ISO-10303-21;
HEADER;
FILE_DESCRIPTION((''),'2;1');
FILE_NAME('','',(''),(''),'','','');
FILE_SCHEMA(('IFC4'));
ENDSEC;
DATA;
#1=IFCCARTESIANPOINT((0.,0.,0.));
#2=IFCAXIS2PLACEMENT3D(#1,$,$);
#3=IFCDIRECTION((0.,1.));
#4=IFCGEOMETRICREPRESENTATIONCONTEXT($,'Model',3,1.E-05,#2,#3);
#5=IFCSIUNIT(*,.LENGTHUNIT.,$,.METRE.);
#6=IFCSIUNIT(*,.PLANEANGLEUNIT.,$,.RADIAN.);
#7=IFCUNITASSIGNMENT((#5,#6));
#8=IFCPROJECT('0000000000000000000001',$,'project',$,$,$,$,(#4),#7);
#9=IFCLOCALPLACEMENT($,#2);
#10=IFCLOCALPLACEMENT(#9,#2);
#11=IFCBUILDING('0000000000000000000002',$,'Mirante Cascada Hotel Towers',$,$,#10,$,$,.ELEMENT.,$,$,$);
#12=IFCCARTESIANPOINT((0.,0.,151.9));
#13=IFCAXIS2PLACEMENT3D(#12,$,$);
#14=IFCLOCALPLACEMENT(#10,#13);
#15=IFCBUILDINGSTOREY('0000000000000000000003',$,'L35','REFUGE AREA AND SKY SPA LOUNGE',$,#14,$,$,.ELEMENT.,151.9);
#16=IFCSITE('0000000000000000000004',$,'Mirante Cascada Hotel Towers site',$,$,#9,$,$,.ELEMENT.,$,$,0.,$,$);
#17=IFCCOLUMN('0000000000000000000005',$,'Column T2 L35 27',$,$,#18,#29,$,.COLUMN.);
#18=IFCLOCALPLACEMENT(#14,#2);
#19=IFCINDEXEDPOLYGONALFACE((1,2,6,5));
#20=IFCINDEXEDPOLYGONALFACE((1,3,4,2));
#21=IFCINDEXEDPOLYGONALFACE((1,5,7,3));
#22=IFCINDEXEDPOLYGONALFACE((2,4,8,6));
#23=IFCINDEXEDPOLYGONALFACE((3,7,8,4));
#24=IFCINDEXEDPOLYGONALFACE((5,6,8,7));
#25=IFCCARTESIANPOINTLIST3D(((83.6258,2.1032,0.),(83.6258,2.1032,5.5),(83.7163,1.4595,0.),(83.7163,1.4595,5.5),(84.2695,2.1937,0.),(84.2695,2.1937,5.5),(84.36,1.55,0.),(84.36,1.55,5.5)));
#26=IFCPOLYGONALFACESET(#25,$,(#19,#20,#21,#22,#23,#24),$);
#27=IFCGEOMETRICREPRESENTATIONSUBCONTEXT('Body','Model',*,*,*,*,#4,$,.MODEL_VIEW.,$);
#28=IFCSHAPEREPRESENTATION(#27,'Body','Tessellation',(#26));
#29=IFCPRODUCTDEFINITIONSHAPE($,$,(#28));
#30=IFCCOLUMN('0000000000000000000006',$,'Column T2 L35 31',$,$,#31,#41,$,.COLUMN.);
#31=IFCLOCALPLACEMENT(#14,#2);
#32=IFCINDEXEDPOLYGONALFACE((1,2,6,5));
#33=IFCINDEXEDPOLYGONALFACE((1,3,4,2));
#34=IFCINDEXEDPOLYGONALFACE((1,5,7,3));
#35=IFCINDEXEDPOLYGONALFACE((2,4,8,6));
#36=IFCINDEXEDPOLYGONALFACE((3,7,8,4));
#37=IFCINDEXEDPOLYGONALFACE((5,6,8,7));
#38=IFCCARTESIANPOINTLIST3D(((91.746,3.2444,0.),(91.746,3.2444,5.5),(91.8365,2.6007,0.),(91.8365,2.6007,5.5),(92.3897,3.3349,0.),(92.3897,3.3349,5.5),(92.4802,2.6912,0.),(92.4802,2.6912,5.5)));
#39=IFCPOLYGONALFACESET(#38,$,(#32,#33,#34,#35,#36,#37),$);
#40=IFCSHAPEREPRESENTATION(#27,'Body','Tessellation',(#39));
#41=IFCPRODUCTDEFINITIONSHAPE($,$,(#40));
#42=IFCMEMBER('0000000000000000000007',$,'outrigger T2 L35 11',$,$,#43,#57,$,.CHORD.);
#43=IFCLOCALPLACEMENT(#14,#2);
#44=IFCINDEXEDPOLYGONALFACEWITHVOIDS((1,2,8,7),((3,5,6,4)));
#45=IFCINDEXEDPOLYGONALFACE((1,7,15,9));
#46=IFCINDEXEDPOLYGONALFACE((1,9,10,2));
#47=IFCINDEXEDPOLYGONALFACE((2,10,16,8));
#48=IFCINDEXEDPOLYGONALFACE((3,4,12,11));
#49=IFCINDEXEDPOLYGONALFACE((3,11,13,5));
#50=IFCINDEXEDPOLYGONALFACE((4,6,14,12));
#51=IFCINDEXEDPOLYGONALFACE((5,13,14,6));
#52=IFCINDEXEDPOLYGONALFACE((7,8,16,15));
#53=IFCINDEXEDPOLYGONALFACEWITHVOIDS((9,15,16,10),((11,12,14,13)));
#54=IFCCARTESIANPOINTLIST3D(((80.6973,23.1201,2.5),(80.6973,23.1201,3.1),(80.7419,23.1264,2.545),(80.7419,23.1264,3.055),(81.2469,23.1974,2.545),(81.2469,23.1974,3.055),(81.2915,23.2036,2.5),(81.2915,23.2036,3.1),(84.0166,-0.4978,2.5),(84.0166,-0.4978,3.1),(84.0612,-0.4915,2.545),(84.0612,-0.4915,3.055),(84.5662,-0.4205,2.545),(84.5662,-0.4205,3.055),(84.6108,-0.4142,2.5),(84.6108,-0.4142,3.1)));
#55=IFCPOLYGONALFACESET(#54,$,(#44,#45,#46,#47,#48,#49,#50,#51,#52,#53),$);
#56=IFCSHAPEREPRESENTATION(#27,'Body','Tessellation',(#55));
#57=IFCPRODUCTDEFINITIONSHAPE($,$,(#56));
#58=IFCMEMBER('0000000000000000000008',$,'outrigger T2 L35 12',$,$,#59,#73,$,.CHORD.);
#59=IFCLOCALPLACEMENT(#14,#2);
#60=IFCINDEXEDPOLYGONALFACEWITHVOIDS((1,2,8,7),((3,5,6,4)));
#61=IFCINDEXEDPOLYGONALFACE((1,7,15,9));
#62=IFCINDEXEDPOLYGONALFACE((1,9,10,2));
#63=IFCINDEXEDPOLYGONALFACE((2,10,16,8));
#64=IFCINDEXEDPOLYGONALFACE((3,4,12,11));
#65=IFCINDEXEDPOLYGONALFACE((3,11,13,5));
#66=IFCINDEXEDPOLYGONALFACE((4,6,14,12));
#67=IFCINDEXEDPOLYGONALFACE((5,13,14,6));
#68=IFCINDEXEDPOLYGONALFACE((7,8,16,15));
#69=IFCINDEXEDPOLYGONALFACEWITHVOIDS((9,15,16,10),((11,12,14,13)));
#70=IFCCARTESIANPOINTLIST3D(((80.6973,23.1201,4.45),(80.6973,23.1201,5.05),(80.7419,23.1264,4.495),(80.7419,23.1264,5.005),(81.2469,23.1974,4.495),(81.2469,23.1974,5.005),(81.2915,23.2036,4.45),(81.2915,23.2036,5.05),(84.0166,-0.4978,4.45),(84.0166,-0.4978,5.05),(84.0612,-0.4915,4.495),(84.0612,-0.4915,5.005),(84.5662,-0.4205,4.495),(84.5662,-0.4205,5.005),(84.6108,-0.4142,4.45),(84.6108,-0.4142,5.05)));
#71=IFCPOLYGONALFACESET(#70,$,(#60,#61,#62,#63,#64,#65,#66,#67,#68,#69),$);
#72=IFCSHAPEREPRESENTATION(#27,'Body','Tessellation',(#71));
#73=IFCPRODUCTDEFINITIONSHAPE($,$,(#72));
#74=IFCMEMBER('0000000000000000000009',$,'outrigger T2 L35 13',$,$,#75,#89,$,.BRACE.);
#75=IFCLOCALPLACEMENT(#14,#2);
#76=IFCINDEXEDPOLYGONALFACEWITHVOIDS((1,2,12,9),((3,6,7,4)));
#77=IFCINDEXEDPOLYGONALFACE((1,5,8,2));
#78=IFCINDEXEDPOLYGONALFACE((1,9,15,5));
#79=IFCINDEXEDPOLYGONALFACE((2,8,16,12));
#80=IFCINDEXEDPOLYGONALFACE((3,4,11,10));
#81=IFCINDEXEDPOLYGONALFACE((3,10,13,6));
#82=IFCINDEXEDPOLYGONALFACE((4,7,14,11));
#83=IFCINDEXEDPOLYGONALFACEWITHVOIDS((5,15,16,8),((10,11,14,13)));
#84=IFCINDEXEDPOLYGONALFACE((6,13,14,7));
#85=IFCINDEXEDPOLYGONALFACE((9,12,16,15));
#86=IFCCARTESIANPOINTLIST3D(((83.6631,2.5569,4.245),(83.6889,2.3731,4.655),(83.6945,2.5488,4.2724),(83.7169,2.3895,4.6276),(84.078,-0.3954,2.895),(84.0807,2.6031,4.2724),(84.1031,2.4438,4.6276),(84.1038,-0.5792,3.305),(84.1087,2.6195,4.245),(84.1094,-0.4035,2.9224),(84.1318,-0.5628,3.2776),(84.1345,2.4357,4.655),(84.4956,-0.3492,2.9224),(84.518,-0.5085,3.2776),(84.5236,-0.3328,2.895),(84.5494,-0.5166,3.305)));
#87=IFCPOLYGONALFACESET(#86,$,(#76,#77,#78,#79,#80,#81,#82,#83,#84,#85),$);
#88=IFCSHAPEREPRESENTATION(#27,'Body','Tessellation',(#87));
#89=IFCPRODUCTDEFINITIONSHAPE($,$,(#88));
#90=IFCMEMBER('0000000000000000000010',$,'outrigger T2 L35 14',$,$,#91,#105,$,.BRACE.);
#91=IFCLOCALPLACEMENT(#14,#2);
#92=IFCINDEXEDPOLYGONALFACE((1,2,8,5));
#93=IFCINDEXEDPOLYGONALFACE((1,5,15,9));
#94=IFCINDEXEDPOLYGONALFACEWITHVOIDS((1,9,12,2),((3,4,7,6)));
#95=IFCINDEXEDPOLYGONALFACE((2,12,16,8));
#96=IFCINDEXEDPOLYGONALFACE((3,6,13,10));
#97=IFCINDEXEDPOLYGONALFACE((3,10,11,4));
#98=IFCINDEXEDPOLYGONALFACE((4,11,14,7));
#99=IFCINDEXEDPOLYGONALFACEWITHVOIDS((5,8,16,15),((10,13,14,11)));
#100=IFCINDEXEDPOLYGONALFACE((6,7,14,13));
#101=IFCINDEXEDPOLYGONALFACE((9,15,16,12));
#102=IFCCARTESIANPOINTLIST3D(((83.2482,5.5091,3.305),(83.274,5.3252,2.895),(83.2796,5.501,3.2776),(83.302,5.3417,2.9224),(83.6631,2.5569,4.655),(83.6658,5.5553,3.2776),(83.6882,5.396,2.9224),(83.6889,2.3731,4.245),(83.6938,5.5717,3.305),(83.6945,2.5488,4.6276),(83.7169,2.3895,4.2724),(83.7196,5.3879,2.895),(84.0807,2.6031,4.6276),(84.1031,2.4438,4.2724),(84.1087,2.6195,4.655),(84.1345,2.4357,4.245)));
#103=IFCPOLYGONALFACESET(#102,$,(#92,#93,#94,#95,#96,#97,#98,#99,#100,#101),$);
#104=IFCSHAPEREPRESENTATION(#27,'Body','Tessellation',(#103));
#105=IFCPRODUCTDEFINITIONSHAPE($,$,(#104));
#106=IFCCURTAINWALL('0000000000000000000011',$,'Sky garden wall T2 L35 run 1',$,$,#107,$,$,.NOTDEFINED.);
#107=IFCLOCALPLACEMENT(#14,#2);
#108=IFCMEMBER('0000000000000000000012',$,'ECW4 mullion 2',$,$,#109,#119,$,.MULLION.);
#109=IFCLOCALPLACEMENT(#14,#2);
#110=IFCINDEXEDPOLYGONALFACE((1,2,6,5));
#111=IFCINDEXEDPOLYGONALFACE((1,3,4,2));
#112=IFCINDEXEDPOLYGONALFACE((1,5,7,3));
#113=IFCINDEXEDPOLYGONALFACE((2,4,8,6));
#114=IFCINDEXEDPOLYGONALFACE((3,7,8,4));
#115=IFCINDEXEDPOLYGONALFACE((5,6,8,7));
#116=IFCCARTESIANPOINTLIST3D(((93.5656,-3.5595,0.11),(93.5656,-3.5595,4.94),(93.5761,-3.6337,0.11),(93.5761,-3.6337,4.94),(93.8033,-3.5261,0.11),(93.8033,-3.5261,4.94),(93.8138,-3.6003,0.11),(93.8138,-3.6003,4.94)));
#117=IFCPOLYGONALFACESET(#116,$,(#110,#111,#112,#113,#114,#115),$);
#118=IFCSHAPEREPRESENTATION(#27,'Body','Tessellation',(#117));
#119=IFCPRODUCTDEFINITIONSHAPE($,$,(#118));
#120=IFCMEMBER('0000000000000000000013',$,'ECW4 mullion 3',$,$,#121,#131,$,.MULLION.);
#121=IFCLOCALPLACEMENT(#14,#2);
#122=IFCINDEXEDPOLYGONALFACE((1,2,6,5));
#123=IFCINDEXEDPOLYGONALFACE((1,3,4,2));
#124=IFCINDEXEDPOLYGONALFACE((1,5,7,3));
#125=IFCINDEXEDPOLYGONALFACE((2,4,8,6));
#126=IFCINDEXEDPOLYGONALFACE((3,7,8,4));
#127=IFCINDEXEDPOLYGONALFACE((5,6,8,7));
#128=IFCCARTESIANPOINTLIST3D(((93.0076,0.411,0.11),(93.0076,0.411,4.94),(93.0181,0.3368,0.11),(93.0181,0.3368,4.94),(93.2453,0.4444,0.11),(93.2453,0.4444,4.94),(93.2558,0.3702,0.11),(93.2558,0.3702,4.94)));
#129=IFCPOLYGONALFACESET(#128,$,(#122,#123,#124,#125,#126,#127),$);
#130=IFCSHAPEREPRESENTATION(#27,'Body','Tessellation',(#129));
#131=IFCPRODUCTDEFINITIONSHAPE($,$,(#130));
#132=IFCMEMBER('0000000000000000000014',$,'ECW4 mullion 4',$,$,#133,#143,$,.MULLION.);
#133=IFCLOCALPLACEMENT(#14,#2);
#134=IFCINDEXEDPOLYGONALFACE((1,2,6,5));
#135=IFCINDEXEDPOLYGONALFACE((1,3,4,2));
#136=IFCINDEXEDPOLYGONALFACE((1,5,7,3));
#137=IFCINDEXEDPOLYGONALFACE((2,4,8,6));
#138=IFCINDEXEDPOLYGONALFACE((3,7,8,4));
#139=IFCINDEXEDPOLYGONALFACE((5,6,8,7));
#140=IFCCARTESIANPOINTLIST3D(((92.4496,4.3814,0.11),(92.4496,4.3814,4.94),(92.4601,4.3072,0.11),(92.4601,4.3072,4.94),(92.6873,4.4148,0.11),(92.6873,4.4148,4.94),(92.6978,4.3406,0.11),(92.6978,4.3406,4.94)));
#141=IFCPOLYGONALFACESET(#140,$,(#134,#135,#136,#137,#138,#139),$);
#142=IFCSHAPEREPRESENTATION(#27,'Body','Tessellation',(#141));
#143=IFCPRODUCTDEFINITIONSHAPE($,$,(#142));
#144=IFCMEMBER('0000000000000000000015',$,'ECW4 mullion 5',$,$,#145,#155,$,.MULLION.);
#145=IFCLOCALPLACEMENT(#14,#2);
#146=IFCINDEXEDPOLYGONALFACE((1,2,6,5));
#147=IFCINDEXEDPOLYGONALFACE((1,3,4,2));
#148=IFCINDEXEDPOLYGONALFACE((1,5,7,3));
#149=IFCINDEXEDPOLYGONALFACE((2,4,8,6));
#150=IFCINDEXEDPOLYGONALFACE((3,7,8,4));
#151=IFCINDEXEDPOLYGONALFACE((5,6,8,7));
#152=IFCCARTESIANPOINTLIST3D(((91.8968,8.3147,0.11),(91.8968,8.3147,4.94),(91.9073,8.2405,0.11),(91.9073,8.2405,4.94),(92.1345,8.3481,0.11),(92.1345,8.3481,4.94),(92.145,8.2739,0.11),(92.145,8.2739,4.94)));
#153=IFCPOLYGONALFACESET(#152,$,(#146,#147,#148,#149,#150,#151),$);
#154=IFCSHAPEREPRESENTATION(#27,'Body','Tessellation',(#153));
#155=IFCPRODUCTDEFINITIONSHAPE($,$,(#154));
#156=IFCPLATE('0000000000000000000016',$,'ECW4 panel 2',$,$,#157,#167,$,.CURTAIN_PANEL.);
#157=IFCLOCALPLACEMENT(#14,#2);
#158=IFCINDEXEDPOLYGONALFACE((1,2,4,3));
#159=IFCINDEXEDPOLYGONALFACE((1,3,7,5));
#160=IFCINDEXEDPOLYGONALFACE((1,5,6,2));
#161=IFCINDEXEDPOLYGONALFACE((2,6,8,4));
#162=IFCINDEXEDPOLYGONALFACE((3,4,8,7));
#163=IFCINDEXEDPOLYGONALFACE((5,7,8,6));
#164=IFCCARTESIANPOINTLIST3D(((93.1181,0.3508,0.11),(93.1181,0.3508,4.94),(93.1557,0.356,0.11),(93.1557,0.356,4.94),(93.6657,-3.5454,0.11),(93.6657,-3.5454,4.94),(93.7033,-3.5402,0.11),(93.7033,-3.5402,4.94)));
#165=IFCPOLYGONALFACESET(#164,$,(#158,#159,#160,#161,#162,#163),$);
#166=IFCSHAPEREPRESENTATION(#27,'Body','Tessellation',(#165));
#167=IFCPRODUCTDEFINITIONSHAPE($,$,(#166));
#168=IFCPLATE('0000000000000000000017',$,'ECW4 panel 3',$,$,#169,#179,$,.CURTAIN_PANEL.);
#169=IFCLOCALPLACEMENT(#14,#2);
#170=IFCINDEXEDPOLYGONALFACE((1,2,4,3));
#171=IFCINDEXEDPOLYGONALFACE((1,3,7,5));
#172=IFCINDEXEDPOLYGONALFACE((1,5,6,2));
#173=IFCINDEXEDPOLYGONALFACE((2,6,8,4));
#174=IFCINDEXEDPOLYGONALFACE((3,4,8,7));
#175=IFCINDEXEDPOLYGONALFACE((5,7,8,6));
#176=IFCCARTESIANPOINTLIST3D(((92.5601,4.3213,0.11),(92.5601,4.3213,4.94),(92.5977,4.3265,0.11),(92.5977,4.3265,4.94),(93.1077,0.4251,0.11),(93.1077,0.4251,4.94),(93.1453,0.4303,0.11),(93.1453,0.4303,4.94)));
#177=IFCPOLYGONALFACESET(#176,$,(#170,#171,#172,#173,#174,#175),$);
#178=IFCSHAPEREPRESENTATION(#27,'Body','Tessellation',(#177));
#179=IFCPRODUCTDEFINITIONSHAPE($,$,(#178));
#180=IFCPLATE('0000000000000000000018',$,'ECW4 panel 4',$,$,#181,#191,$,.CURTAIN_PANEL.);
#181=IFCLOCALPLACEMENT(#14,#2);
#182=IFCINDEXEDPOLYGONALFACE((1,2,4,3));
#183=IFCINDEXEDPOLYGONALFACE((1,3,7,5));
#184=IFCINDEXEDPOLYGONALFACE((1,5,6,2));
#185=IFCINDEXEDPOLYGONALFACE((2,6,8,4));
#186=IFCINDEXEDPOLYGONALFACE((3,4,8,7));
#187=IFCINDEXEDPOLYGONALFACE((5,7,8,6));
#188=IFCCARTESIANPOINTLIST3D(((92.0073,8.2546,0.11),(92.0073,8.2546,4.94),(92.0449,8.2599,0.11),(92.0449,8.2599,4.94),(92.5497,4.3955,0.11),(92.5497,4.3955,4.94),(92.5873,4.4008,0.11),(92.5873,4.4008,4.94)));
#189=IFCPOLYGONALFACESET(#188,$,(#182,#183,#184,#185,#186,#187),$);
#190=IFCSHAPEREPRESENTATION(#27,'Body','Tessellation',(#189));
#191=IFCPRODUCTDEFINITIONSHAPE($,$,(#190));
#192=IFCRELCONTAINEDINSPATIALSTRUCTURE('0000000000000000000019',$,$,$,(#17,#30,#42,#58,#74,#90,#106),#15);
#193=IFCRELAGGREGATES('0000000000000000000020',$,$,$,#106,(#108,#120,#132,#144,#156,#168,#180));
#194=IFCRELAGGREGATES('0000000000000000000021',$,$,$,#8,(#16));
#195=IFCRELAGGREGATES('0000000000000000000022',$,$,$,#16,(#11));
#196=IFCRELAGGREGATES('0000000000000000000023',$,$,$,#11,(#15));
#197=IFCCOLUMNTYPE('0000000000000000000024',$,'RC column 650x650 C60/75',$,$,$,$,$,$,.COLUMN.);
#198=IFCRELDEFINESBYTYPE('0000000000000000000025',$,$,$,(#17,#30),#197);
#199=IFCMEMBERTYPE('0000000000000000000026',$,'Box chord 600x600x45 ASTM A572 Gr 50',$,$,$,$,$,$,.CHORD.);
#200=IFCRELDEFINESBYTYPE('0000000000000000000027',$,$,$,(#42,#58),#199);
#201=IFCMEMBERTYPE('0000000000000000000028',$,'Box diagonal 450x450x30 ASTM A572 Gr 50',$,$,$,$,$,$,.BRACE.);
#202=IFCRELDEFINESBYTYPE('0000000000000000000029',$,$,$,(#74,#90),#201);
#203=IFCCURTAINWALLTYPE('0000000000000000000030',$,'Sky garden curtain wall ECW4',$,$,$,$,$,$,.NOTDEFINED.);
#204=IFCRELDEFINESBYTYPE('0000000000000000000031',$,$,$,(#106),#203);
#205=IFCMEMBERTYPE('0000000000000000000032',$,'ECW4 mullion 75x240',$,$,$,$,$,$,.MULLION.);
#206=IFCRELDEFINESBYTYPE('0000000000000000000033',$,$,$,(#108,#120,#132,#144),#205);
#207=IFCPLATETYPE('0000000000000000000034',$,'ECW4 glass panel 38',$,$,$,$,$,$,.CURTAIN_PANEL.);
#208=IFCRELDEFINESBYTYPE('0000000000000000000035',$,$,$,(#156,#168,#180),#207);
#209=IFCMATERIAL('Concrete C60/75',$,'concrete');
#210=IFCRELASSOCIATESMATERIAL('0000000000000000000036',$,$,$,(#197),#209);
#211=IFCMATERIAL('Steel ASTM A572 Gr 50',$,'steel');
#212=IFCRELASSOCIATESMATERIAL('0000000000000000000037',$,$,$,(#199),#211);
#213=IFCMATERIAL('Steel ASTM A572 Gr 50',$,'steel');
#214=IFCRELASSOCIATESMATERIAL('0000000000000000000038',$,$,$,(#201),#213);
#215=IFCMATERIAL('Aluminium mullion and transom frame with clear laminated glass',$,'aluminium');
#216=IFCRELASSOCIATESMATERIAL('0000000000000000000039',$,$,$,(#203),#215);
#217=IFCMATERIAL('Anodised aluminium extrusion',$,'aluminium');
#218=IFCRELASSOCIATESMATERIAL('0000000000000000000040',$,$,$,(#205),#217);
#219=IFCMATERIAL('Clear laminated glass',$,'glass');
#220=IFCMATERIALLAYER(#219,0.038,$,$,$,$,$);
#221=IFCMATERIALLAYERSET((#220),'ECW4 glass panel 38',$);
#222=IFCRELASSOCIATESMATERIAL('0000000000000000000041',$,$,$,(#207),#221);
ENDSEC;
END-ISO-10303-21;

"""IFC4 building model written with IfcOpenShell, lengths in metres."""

from ifc_helpers import new_model, si_unit, direction, frame, origin, origin_2d, place, context, subcontext, project, spatial, rectangle, hollow_rectangle, extrude, material, layer, layer_set, material_profile, profile_set, type_object, element, aggregate, save


model = new_model("IFC4")

# Units and contexts
model_context = context("Model", 3, precision=1e-05, world=origin(), true_north=direction((0.0, 1.0)))
body_context = subcontext(model_context, "Body", "Model", "MODEL_VIEW")
ifc_project = project(units=[si_unit("LENGTHUNIT", "METRE"), si_unit("PLANEANGLEUNIT", "RADIAN")], contexts=[model_context])

# Site, building, storey
site_placement = place(None, origin())
site = spatial("IfcSite", under=ifc_project, at=site_placement, Name="Mirante Cascada Hotel Towers site", CompositionType="ELEMENT", RefElevation=0.0)
building_placement = place(site_placement, origin())
building = spatial("IfcBuilding", under=site, at=building_placement, Name="Mirante Cascada Hotel Towers", CompositionType="ELEMENT")
storey_placement = place(building_placement, frame((0.0, 0.0, 151.9)))
storey = spatial("IfcBuildingStorey", under=building, at=storey_placement, Name="L35", Description="REFUGE AREA AND SKY SPA LOUNGE", CompositionType="ELEMENT", Elevation=151.9)

# Columns
ifc_material_1 = material(Name="Concrete C60/75", Category="concrete")
ifc_material_profile_1 = material_profile(ifc_material_1, rectangle(XDim=0.65, YDim=0.65, at=origin_2d()), Name="RC column 650x650 C60/75")
ifc_profile_set_1 = profile_set([ifc_material_profile_1], Name="Concrete C60/75")
column_type = type_object("IfcColumnType", Name="RC column 650x650 C60/75", PredefinedType="COLUMN", material=ifc_profile_set_1)
for number, where, z_axis, x_axis, name in (
    (1, (83.9929, 1.8266, 0.0), (0.0, 0.0, 1.0), (0.990268, 0.139173, 0.0), "Column T2 L35 27"),
    (2, (92.1131, 2.9678, 0.0), (0.0, 0.0, 1.0), (0.990268, 0.139173, 0.0), "Column T2 L35 31"),
):
    element("IfcColumn", number, at=place(storey_placement, frame(where, z_axis=z_axis, x_axis=x_axis)), inside=storey, type_object=column_type, Name=name, PredefinedType="COLUMN", context=body_context, shape_type="SweptSolid", body=[
        extrude(rectangle(XDim=0.65, YDim=0.65, at=origin_2d()), origin(), (0.0, 0.0, 1.0), 5.5),
    ])

# Members
ifc_material_2 = material(Name="Steel ASTM A572 Gr 50", Category="steel")
ifc_material_profile_2 = material_profile(ifc_material_2, hollow_rectangle(XDim=0.6, YDim=0.6, WallThickness=0.045, at=origin_2d()), Name="Box chord 600x600x45 ASTM A572 Gr 50")
ifc_profile_set_2 = profile_set([ifc_material_profile_2], Name="Steel ASTM A572 Gr 50")
member_type_1 = type_object("IfcMemberType", Name="Box chord 600x600x45 ASTM A572 Gr 50", PredefinedType="CHORD", material=ifc_profile_set_2)
for number, where, z_axis, x_axis, name in (
    (3, (84.3137, -0.456, 2.8), (-0.139174, 0.990268, 0.0), (-0.990268, -0.139174, 0.0), "outrigger T2 L35 11"),
    (4, (84.3137, -0.456, 4.75), (-0.139174, 0.990268, 0.0), (-0.990268, -0.139174, 0.0), "outrigger T2 L35 12"),
):
    element("IfcMember", number, at=place(storey_placement, frame(where, z_axis=z_axis, x_axis=x_axis)), inside=storey, type_object=member_type_1, Name=name, PredefinedType="CHORD", context=body_context, shape_type="SweptSolid", body=[
        extrude(hollow_rectangle(XDim=0.6, YDim=0.6, WallThickness=0.045, at=origin_2d()), origin(), (0.0, 0.0, 1.0), 23.85),
    ])
ifc_material_3 = material(Name="Steel ASTM A572 Gr 50", Category="steel")
ifc_material_profile_3 = material_profile(ifc_material_3, hollow_rectangle(XDim=0.45, YDim=0.45, WallThickness=0.03, at=origin_2d()), Name="Box diagonal 450x450x30 ASTM A572 Gr 50")
ifc_profile_set_3 = profile_set([ifc_material_profile_3], Name="Steel ASTM A572 Gr 50")
member_type_2 = type_object("IfcMemberType", Name="Box diagonal 450x450x30 ASTM A572 Gr 50", PredefinedType="BRACE", material=ifc_profile_set_3)
member_1_placement = place(storey_placement, frame((84.3137, -0.456, 3.1), z_axis=(-0.126775, 0.902093, 0.4125), x_axis=(-0.990269, -0.139167, 0.0)))
element("IfcMember", 5, at=member_1_placement, inside=storey, type_object=member_type_2, Name="outrigger T2 L35 13", PredefinedType="BRACE", context=body_context, shape_type="SweptSolid", body=[
    extrude(hollow_rectangle(XDim=0.45, YDim=0.45, WallThickness=0.03, at=origin_2d()), origin(), (0.0, 0.0, 1.0), 3.2727),
])
member_2_placement = place(storey_placement, frame((83.8988, 2.4963, 4.45), z_axis=(-0.126779, 0.902087, -0.412512), x_axis=(-0.990268, -0.139172, 0.0)))
element("IfcMember", 6, at=member_2_placement, inside=storey, type_object=member_type_2, Name="outrigger T2 L35 14", PredefinedType="BRACE", context=body_context, shape_type="SweptSolid", body=[
    extrude(hollow_rectangle(XDim=0.45, YDim=0.45, WallThickness=0.03, at=origin_2d()), origin(), (0.0, 0.0, 1.0), 3.2726),
])

# Curtain wall, members, plates
ifc_material_4 = material(Name="Aluminium mullion and transom frame with clear laminated glass", Category="aluminium")
curtain_wall_type = type_object("IfcCurtainWallType", Name="Sky garden curtain wall ECW4", PredefinedType="NOTDEFINED", material=ifc_material_4)
curtain_wall_placement = place(storey_placement, origin())
curtain_wall = element("IfcCurtainWall", 7, at=curtain_wall_placement, inside=storey, type_object=curtain_wall_type, Name="Sky garden wall T2 L35 run 1", PredefinedType="NOTDEFINED")
ifc_material_5 = material(Name="Anodised aluminium extrusion", Category="aluminium")
ifc_material_profile_4 = material_profile(ifc_material_5, rectangle(XDim=0.24, YDim=0.075, at=origin_2d()), Name="ECW4 MULLION 75x240")
ifc_profile_set_4 = profile_set([ifc_material_profile_4], Name="Anodised aluminium extrusion")
member_type_3 = type_object("IfcMemberType", Name="ECW4 mullion 75x240", PredefinedType="MULLION", material=ifc_profile_set_4)
member_3_placement = place(storey_placement, frame((93.6897, -3.5799, 0.11), z_axis=(0.0, 0.0, 1.0), x_axis=(-0.990268, -0.139173, 0.0)))
member_3 = element("IfcMember", 8, at=member_3_placement, type_object=member_type_3, Name="ECW4 mullion 2", PredefinedType="MULLION", context=body_context, shape_type="SweptSolid", body=[
    extrude(rectangle(XDim=0.24, YDim=0.075, at=origin_2d()), origin(), (0.0, 0.0, 1.0), 4.83),
])
member_4_placement = place(storey_placement, frame((93.1317, 0.3906, 0.11), z_axis=(0.0, 0.0, 1.0), x_axis=(-0.990268, -0.139173, 0.0)))
member_4 = element("IfcMember", 9, at=member_4_placement, type_object=member_type_3, Name="ECW4 mullion 3", PredefinedType="MULLION", context=body_context, shape_type="SweptSolid", body=[
    extrude(rectangle(XDim=0.24, YDim=0.075, at=origin_2d()), origin(), (0.0, 0.0, 1.0), 4.83),
])
member_5_placement = place(storey_placement, frame((92.5737, 4.361, 0.11), z_axis=(0.0, 0.0, 1.0), x_axis=(-0.990268, -0.139173, 0.0)))
member_5 = element("IfcMember", 10, at=member_5_placement, type_object=member_type_3, Name="ECW4 mullion 4", PredefinedType="MULLION", context=body_context, shape_type="SweptSolid", body=[
    extrude(rectangle(XDim=0.24, YDim=0.075, at=origin_2d()), origin(), (0.0, 0.0, 1.0), 4.83),
])
member_6_placement = place(storey_placement, frame((92.0209, 8.2943, 0.11), z_axis=(0.0, 0.0, 1.0), x_axis=(-0.990268, -0.139173, 0.0)))
member_6 = element("IfcMember", 11, at=member_6_placement, type_object=member_type_3, Name="ECW4 mullion 5", PredefinedType="MULLION", context=body_context, shape_type="SweptSolid", body=[
    extrude(rectangle(XDim=0.24, YDim=0.075, at=origin_2d()), origin(), (0.0, 0.0, 1.0), 4.83),
])
ifc_material_6 = material(Name="Clear laminated glass", Category="glass")
ifc_layer_1 = layer(ifc_material_6, 0.038)
ifc_layer_set_1 = layer_set([ifc_layer_1], Name="ECW4 glass panel 38")
plate_type = type_object("IfcPlateType", Name="ECW4 glass panel 38", PredefinedType="CURTAIN_PANEL", material=ifc_layer_set_1)
plate_1_placement = place(storey_placement, frame((93.4107, -1.5947, 0.11), z_axis=(0.0, 0.0, 1.0), x_axis=(-0.139173, 0.990268, 0.0)))
plate_1 = element("IfcPlate", 12, at=plate_1_placement, type_object=plate_type, Name="ECW4 panel 2", PredefinedType="CURTAIN_PANEL", context=body_context, shape_type="SweptSolid", body=[
    extrude(rectangle(XDim=3.9345, YDim=0.038, at=origin_2d()), origin(), (0.0, 0.0, 1.0), 4.83),
])
plate_2_placement = place(storey_placement, frame((92.8527, 2.3758, 0.11), z_axis=(0.0, 0.0, 1.0), x_axis=(-0.139173, 0.990268, 0.0)))
plate_2 = element("IfcPlate", 13, at=plate_2_placement, type_object=plate_type, Name="ECW4 panel 3", PredefinedType="CURTAIN_PANEL", context=body_context, shape_type="SweptSolid", body=[
    extrude(rectangle(XDim=3.9345, YDim=0.038, at=origin_2d()), origin(), (0.0, 0.0, 1.0), 4.83),
])
plate_3_placement = place(storey_placement, frame((92.2973, 6.3277, 0.11), z_axis=(0.0, 0.0, 1.0), x_axis=(-0.139173, 0.990268, 0.0)))
plate_3 = element("IfcPlate", 14, at=plate_3_placement, type_object=plate_type, Name="ECW4 panel 4", PredefinedType="CURTAIN_PANEL", context=body_context, shape_type="SweptSolid", body=[
    extrude(rectangle(XDim=3.897, YDim=0.038, at=origin_2d()), origin(), (0.0, 0.0, 1.0), 4.83),
])
aggregate(curtain_wall, [member_3, member_4, member_5, member_6, plate_1, plate_2, plate_3])

save(model, "model.ifc")
